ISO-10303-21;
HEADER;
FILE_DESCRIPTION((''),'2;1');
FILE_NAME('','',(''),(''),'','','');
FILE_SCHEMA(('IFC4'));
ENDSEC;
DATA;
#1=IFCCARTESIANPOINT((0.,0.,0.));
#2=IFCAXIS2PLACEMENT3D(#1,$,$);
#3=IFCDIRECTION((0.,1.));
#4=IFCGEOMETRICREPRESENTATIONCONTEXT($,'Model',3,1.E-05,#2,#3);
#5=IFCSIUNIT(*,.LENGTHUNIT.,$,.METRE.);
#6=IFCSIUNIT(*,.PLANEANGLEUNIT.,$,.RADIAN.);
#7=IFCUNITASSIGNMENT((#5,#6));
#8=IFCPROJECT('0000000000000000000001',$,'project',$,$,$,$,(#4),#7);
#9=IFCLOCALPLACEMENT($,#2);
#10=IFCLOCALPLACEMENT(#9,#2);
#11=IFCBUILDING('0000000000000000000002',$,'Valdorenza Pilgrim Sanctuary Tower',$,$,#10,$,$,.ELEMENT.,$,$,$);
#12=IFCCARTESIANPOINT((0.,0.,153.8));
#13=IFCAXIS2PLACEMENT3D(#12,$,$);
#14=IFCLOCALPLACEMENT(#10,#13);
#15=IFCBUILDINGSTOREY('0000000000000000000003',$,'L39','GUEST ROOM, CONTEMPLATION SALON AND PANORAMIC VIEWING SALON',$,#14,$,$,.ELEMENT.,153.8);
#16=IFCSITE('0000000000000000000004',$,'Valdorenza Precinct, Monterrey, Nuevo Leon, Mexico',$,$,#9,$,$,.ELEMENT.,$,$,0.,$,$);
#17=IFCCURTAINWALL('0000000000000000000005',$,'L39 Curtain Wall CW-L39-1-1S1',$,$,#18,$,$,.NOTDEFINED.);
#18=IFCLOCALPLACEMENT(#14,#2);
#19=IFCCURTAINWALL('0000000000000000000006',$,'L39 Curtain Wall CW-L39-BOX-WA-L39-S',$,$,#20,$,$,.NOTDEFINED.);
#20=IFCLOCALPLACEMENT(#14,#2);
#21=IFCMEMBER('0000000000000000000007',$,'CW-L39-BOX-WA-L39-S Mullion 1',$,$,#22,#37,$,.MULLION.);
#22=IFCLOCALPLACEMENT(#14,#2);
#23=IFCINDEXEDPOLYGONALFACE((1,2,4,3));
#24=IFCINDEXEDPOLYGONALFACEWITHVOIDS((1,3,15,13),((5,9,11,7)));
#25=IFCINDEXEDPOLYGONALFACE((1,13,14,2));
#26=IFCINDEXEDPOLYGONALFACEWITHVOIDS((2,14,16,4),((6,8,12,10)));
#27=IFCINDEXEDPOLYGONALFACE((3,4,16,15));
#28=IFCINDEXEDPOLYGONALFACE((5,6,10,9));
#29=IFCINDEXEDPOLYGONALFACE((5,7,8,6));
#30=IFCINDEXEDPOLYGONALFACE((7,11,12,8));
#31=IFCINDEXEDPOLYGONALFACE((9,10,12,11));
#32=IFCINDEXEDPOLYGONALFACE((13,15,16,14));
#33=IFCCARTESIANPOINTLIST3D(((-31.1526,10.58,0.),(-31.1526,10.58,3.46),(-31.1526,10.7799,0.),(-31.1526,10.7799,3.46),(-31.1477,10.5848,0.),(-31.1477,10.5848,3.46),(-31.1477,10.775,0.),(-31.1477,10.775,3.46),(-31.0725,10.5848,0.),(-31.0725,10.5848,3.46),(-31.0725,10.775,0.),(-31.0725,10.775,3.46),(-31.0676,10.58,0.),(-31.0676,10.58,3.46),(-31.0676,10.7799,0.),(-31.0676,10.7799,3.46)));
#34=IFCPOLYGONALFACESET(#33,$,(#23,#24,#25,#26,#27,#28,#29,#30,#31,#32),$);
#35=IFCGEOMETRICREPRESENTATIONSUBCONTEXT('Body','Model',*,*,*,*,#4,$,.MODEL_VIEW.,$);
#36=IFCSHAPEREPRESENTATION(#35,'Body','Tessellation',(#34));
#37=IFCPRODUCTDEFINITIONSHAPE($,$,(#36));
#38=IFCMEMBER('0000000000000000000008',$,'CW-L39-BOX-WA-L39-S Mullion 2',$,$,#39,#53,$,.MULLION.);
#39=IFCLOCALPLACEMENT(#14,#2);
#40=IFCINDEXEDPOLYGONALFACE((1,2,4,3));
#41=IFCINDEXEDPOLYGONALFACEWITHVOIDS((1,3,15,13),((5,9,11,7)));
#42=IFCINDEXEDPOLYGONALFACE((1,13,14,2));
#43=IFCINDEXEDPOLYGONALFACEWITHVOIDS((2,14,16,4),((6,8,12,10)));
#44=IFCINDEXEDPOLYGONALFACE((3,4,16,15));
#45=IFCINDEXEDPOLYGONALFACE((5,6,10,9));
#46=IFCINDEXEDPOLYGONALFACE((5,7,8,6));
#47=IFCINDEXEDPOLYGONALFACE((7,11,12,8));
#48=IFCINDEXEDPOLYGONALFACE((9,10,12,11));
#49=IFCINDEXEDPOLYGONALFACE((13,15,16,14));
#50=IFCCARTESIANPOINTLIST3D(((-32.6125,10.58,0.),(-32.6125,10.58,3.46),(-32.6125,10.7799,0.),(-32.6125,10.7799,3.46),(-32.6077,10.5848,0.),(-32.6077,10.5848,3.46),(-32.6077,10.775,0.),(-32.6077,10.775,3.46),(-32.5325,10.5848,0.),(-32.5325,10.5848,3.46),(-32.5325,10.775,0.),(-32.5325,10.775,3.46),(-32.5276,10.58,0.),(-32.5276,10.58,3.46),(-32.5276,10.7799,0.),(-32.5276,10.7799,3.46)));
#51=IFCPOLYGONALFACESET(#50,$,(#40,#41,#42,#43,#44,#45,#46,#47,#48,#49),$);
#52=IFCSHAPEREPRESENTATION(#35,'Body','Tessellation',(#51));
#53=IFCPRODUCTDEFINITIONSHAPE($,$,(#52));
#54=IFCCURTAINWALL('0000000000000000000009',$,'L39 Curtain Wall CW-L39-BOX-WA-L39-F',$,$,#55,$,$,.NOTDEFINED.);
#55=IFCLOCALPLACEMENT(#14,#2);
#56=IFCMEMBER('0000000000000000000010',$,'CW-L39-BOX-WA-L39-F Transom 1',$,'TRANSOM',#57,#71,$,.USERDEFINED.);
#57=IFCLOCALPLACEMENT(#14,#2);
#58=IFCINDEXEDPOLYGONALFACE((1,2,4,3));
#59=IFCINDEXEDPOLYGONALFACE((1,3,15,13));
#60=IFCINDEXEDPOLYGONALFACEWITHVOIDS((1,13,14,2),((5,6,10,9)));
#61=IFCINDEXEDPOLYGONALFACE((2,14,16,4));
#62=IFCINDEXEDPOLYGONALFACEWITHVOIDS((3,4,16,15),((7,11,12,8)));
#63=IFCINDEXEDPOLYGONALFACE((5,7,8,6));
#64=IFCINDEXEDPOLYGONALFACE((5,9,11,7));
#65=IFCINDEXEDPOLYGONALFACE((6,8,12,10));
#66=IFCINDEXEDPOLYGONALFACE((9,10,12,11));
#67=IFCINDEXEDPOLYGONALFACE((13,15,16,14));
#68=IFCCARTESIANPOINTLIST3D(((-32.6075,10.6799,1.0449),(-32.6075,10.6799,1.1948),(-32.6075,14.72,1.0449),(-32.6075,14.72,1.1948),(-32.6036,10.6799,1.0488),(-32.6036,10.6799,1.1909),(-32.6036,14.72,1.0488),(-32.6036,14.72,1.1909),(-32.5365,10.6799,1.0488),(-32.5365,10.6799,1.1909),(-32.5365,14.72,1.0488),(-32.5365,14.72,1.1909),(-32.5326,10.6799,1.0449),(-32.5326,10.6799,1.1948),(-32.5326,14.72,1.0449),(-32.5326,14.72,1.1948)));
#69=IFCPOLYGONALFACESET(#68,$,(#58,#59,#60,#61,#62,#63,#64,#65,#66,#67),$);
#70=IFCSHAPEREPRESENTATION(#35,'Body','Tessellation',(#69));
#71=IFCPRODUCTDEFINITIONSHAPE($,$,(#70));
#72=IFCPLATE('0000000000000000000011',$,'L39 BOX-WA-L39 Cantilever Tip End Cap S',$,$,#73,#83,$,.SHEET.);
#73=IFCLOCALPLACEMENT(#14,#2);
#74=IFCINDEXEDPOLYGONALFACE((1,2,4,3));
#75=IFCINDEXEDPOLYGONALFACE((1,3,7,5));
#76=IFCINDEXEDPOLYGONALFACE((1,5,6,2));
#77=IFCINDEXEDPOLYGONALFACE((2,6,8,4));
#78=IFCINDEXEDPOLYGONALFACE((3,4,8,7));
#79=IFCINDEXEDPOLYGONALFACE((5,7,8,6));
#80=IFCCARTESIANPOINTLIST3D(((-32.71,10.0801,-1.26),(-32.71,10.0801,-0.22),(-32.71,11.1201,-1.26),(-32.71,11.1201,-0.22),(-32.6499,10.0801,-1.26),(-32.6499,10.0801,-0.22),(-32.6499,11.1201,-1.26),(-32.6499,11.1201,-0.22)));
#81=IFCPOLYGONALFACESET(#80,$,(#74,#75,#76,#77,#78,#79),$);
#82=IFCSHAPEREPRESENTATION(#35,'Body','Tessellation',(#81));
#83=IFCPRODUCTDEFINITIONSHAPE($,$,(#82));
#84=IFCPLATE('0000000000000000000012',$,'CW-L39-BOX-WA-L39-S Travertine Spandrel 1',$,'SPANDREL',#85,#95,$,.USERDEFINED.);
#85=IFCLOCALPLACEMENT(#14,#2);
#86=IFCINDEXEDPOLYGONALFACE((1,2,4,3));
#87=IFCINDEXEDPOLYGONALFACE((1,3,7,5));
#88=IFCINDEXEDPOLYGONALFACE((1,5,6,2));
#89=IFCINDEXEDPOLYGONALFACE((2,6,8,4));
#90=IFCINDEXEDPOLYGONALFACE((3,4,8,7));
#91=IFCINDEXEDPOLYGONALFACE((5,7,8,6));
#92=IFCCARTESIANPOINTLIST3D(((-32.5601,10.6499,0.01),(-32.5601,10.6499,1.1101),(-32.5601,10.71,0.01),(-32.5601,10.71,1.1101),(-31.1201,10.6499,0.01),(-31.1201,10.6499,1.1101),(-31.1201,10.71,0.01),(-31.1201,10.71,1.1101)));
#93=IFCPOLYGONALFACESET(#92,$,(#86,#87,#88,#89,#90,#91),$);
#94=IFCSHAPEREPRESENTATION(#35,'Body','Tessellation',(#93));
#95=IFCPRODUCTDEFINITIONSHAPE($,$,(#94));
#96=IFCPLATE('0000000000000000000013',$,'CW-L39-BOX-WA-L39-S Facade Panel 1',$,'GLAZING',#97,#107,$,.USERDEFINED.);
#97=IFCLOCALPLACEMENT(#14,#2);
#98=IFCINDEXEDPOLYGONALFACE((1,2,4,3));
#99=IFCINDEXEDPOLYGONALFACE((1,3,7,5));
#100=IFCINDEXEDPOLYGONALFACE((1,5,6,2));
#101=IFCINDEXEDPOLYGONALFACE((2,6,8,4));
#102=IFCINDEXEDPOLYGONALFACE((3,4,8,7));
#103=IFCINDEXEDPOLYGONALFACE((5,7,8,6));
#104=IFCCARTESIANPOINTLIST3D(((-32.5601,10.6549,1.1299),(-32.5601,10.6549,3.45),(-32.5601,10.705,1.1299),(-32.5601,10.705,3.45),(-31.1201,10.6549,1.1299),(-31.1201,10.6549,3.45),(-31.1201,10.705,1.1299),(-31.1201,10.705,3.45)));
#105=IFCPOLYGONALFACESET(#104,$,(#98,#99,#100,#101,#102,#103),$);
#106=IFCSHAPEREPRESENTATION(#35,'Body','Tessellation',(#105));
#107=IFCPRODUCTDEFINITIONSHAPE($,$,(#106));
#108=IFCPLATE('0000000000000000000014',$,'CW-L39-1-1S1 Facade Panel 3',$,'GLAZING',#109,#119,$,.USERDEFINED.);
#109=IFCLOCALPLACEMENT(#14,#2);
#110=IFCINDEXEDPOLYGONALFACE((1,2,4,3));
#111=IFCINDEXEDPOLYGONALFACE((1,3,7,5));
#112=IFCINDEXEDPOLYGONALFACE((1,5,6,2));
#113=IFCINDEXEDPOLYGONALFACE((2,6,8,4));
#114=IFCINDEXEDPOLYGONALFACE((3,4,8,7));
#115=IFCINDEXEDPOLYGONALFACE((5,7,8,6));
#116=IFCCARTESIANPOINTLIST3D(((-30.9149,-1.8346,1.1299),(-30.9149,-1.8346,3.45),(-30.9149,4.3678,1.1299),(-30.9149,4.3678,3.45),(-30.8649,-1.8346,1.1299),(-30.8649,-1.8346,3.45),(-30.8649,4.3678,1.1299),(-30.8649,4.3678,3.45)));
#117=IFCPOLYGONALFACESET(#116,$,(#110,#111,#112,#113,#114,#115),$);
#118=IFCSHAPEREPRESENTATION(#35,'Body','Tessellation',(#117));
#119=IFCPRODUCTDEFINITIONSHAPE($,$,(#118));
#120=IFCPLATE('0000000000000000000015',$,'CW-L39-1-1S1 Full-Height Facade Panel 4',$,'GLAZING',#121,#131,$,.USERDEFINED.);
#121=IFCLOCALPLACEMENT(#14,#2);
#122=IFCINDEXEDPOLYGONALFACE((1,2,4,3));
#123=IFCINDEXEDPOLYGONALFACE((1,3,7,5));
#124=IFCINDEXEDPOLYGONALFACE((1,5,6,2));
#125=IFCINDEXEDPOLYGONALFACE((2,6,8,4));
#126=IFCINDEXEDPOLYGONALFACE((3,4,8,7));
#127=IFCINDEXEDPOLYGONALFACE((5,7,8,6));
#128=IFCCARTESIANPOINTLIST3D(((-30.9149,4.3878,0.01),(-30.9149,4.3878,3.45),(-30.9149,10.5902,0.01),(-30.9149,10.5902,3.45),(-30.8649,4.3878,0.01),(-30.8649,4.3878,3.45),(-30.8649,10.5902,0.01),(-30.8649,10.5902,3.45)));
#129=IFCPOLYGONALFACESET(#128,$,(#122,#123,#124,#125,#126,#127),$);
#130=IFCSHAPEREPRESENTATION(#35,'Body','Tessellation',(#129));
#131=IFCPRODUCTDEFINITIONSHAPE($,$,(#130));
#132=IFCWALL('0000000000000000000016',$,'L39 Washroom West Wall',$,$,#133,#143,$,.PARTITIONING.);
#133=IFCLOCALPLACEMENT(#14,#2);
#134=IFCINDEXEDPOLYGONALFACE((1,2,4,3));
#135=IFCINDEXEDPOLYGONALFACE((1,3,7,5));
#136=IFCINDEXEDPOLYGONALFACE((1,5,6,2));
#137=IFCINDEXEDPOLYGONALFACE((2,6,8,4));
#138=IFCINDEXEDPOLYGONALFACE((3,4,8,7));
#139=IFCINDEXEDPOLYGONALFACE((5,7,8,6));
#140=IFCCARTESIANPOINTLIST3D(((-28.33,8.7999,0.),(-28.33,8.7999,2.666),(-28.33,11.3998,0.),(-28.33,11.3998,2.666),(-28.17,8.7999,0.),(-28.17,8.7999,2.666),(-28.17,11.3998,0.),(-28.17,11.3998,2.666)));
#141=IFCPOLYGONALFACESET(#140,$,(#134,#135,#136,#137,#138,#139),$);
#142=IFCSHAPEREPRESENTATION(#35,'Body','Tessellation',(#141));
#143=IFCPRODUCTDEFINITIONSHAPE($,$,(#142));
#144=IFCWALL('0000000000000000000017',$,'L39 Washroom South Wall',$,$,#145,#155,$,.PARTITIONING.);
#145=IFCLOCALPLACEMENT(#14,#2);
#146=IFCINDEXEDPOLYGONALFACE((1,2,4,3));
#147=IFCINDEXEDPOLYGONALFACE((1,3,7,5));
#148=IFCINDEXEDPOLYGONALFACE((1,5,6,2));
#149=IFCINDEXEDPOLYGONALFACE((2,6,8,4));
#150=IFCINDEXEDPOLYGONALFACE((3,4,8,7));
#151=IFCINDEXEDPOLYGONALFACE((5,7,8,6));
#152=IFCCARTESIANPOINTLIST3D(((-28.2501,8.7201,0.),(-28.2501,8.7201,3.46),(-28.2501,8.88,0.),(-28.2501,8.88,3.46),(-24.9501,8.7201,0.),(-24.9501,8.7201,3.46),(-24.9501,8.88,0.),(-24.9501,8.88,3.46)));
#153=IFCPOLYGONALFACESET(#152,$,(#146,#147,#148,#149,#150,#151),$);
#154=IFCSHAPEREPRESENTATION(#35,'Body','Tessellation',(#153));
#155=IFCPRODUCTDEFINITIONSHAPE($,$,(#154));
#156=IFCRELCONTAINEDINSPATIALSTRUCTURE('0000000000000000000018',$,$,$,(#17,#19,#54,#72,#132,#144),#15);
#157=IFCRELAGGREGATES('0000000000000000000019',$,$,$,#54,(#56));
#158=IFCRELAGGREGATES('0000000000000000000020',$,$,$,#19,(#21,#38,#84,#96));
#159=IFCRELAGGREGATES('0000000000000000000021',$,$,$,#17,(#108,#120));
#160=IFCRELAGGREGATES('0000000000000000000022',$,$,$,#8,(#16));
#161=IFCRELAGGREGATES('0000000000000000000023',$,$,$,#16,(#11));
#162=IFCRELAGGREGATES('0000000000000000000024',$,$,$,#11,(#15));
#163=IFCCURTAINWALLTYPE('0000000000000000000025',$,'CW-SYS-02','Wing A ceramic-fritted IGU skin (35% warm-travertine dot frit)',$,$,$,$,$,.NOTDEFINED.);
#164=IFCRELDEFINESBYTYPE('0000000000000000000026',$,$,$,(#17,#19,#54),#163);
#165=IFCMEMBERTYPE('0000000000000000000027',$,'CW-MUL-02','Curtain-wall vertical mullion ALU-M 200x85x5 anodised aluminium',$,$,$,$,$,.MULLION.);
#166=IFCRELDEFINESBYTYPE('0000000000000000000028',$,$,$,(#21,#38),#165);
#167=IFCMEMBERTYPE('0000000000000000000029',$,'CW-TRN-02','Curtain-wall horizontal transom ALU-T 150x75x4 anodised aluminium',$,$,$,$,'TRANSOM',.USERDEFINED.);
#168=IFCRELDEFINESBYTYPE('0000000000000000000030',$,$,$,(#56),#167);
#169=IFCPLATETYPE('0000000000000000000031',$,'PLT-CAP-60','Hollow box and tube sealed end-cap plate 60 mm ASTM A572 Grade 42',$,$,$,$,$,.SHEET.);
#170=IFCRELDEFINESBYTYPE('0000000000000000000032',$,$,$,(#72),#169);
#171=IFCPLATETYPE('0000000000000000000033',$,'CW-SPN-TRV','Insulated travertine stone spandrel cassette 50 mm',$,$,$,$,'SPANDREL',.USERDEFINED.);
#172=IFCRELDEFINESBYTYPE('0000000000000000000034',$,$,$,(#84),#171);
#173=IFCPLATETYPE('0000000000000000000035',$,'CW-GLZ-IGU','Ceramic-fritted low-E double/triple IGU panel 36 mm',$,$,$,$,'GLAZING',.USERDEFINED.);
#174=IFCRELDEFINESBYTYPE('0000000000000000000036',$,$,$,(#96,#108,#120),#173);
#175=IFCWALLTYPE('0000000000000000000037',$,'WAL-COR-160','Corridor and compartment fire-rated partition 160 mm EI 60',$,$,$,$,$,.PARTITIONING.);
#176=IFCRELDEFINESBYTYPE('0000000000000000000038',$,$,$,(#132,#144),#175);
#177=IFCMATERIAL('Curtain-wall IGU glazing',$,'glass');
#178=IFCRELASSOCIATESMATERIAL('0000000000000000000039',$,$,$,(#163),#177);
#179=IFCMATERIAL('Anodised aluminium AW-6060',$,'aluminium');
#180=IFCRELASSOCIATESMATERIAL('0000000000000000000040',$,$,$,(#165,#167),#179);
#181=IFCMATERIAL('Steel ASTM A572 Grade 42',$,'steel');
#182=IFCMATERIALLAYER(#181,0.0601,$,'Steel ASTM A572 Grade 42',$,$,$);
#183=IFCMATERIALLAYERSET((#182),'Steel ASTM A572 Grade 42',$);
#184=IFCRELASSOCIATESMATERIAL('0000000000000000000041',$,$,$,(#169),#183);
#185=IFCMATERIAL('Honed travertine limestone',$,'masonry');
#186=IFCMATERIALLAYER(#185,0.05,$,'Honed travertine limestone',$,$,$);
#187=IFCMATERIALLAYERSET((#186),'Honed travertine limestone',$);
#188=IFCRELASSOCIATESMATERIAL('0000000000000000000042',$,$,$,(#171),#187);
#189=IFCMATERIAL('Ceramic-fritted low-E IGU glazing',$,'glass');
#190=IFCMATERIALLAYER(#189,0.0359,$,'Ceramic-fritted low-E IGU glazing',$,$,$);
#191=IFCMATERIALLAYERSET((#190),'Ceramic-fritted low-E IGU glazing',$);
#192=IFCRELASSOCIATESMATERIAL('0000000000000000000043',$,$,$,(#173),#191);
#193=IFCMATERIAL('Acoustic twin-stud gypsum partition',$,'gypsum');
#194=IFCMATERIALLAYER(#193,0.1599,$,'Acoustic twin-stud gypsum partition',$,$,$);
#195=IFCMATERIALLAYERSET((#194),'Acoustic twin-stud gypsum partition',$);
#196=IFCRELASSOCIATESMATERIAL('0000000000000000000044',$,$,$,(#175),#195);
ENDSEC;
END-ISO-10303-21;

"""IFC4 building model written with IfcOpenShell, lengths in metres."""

from ifc_helpers import new_model, si_unit, direction, frame, frame_2d, origin, origin_2d, place, context, subcontext, project, spatial, rectangle, hollow_rectangle, extrude, source, transform, mapped, material, layer, layer_set, material_profile, profile_set, type_object, element, aggregate, save


model = new_model("IFC4")

# Units and contexts
model_context = context("Model", 3, precision=1e-05, world=origin(), true_north=direction((0.0, 1.0)))
body_context = subcontext(model_context, "Body", "Model", "MODEL_VIEW")
ifc_project = project(units=[si_unit("LENGTHUNIT", "METRE"), si_unit("PLANEANGLEUNIT", "RADIAN")], contexts=[model_context])

# Site, building, storey
site_placement = place(None, origin())
site = spatial("IfcSite", under=ifc_project, at=site_placement, Name="Valdorenza Precinct, Monterrey, Nuevo Leon, Mexico", CompositionType="ELEMENT", RefElevation=0.0)
building_placement = place(site_placement, origin())
building = spatial("IfcBuilding", under=site, at=building_placement, Name="Valdorenza Pilgrim Sanctuary Tower", CompositionType="ELEMENT")
storey_placement = place(building_placement, frame((0.0, 0.0, 153.8)))
storey = spatial("IfcBuildingStorey", under=building, at=storey_placement, Name="L39", Description="GUEST ROOM, CONTEMPLATION SALON AND PANORAMIC VIEWING SALON", CompositionType="ELEMENT", Elevation=153.8)

# Shared definitions
ifc_material_1 = material(Name="Steel ASTM A572 Grade 42", Category="steel")

# Curtain walls, members
ifc_material_2 = material(Name="Curtain-wall IGU glazing", Category="glass")
curtain_wall_type = type_object("IfcCurtainWallType", Name="CW-SYS-02", Description="Wing A ceramic-fritted IGU skin (35% warm-travertine dot frit)", PredefinedType="NOTDEFINED", material=ifc_material_2)
curtain_wall_1_placement = place(storey_placement, origin())
curtain_wall_1 = element("IfcCurtainWall", 1, at=curtain_wall_1_placement, inside=storey, type_object=curtain_wall_type, Name="L39 Curtain Wall CW-L39-1-1S1", PredefinedType="NOTDEFINED")
ifc_material_3 = material(Name="Anodised aluminium AW-6060", Category="aluminium")
ifc_material_profile_1 = material_profile(ifc_material_3, hollow_rectangle(XDim=0.085, YDim=0.2, WallThickness=0.0049, at=origin_2d()), Name="ALU-M 200x85x5")
ifc_profile_set_1 = profile_set([ifc_material_profile_1], Name="Anodised aluminium AW-6060")
member_type_1 = type_object("IfcMemberType", Name="CW-MUL-02", Description="Curtain-wall vertical mullion ALU-M 200x85x5 anodised aluminium", PredefinedType="MULLION", material=ifc_profile_set_1)
shared_shape_1 = source(origin(), body_context, "Body", "SweptSolid", [
    extrude(hollow_rectangle(XDim=0.085, YDim=0.2, WallThickness=0.0049, at=origin_2d()), origin(), (0.0, 0.0, 1.0), 3.46),
])
curtain_wall_2_placement = place(storey_placement, origin())
curtain_wall_2 = element("IfcCurtainWall", 2, at=curtain_wall_2_placement, inside=storey, type_object=curtain_wall_type, Name="L39 Curtain Wall CW-L39-BOX-WA-L39-S", PredefinedType="NOTDEFINED")
member_1_placement = place(storey_placement, frame((-31.1101, 10.6799, 0.0), z_axis=(0.0, 0.0, 1.0), x_axis=(-1.0, 0.0, 0.0)))
member_1 = element("IfcMember", 3, at=member_1_placement, type_object=member_type_1, Name="CW-L39-BOX-WA-L39-S Mullion 1", PredefinedType="MULLION", context=body_context, shape_type="MappedRepresentation", body=[
    mapped(shared_shape_1, transform((0.0, 0.0, 0.0), x_axis=(1.0, 0.0, 0.0), y_axis=(0.0, 1.0, 0.0), z_axis=(0.0, 0.0, 1.0), scale=1.0)),
])
member_2_placement = place(storey_placement, frame((-32.5701, 10.6799, 0.0), z_axis=(0.0, 0.0, 1.0), x_axis=(-1.0, 0.0, 0.0)))
member_2 = element("IfcMember", 4, at=member_2_placement, type_object=member_type_1, Name="CW-L39-BOX-WA-L39-S Mullion 2", PredefinedType="MULLION", context=body_context, shape_type="MappedRepresentation", body=[
    mapped(shared_shape_1, transform((0.0, 0.0, 0.0), x_axis=(1.0, 0.0, 0.0), y_axis=(0.0, 1.0, 0.0), z_axis=(0.0, 0.0, 1.0), scale=1.0)),
])

# Curtain wall, member
curtain_wall_3_placement = place(storey_placement, origin())
curtain_wall_3 = element("IfcCurtainWall", 5, at=curtain_wall_3_placement, inside=storey, type_object=curtain_wall_type, Name="L39 Curtain Wall CW-L39-BOX-WA-L39-F", PredefinedType="NOTDEFINED")
ifc_material_profile_2 = material_profile(ifc_material_3, hollow_rectangle(XDim=0.075, YDim=0.1499, WallThickness=0.0039, at=origin_2d()), Name="ALU-T 150x75x4")
ifc_profile_set_2 = profile_set([ifc_material_profile_2], Name="Anodised aluminium AW-6060")
member_type_2 = type_object("IfcMemberType", Name="CW-TRN-02", Description="Curtain-wall horizontal transom ALU-T 150x75x4 anodised aluminium", ElementType="TRANSOM", PredefinedType="USERDEFINED", material=ifc_profile_set_2)
shared_shape_2 = source(origin(), body_context, "Body", "SweptSolid", [
    extrude(hollow_rectangle(XDim=0.075, YDim=0.1499, WallThickness=0.0039, at=origin_2d()), origin(), (0.0, 0.0, 1.0), 4.04),
])
member_3_placement = place(storey_placement, frame((-32.5701, 10.6799, 1.1199), z_axis=(0.0, 1.0, 0.0), x_axis=(-1.0, 0.0, 0.0)))
member_3 = element("IfcMember", 6, at=member_3_placement, type_object=member_type_2, Name="CW-L39-BOX-WA-L39-F Transom 1", ObjectType="TRANSOM", PredefinedType="USERDEFINED", context=body_context, shape_type="MappedRepresentation", body=[
    mapped(shared_shape_2, transform((0.0, 0.0, 0.0), x_axis=(1.0, 0.0, 0.0), y_axis=(0.0, 1.0, 0.0), z_axis=(0.0, 0.0, 1.0), scale=1.0)),
])
aggregate(curtain_wall_3, [member_3])

# Plates
ifc_layer_1 = layer(ifc_material_1, 0.0601, Name="Steel ASTM A572 Grade 42")
ifc_layer_set_1 = layer_set([ifc_layer_1], Name="Steel ASTM A572 Grade 42")
plate_type_1 = type_object("IfcPlateType", Name="PLT-CAP-60", Description="Hollow box and tube sealed end-cap plate 60 mm ASTM A572 Grade 42", PredefinedType="SHEET", material=ifc_layer_set_1)
shared_shape_3 = source(origin(), body_context, "Body", "SweptSolid", [
    extrude(rectangle(XDim=0.0601, YDim=1.04, at=origin_2d()), origin(), (0.0, 0.0, 1.0), 1.04),
])
plate_1_placement = place(storey_placement, frame((-32.6799, 10.6001, -1.26), z_axis=(0.0, 0.0, 1.0), x_axis=(1.0, 0.0, 0.0)))
element("IfcPlate", 7, at=plate_1_placement, inside=storey, type_object=plate_type_1, Name="L39 BOX-WA-L39 Cantilever Tip End Cap S", PredefinedType="SHEET", context=body_context, shape_type="MappedRepresentation", body=[
    mapped(shared_shape_3, transform((0.0, 0.0, 0.0), x_axis=(1.0, 0.0, 0.0), y_axis=(0.0, 1.0, 0.0), z_axis=(0.0, 0.0, 1.0), scale=1.0)),
])
ifc_material_4 = material(Name="Honed travertine limestone", Category="masonry")
ifc_layer_2 = layer(ifc_material_4, 0.05, Name="Honed travertine limestone")
ifc_layer_set_2 = layer_set([ifc_layer_2], Name="Honed travertine limestone")
plate_type_2 = type_object("IfcPlateType", Name="CW-SPN-TRV", Description="Insulated travertine stone spandrel cassette 50 mm", ElementType="SPANDREL", PredefinedType="USERDEFINED", material=ifc_layer_set_2)
shared_shape_4 = source(origin(), body_context, "Body", "SweptSolid", [
    extrude(rectangle(XDim=1.4399, YDim=0.0601, at=origin_2d()), origin(), (0.0, 0.0, 1.0), 1.1001),
])
plate_2_placement = place(storey_placement, frame((-31.8401, 10.6799, 0.01), z_axis=(0.0, 0.0, 1.0), x_axis=(-1.0, 0.0, 0.0)))
plate_2 = element("IfcPlate", 8, at=plate_2_placement, type_object=plate_type_2, Name="CW-L39-BOX-WA-L39-S Travertine Spandrel 1", ObjectType="SPANDREL", PredefinedType="USERDEFINED", context=body_context, shape_type="MappedRepresentation", body=[
    mapped(shared_shape_4, transform((0.0, 0.0, 0.0), x_axis=(1.0, 0.0, 0.0), y_axis=(0.0, 1.0, 0.0), z_axis=(0.0, 0.0, 1.0), scale=1.0)),
])
ifc_material_5 = material(Name="Ceramic-fritted low-E IGU glazing", Category="glass")
ifc_layer_3 = layer(ifc_material_5, 0.0359, Name="Ceramic-fritted low-E IGU glazing")
ifc_layer_set_3 = layer_set([ifc_layer_3], Name="Ceramic-fritted low-E IGU glazing")
plate_type_3 = type_object("IfcPlateType", Name="CW-GLZ-IGU", Description="Ceramic-fritted low-E double/triple IGU panel 36 mm", ElementType="GLAZING", PredefinedType="USERDEFINED", material=ifc_layer_set_3)
shared_shape_5 = source(origin(), body_context, "Body", "SweptSolid", [
    extrude(rectangle(XDim=1.4399, YDim=0.05, at=origin_2d()), origin(), (0.0, 0.0, 1.0), 2.3201),
])
plate_3_placement = place(storey_placement, frame((-31.8401, 10.6799, 1.1299), z_axis=(0.0, 0.0, 1.0), x_axis=(-1.0, 0.0, 0.0)))
plate_3 = element("IfcPlate", 9, at=plate_3_placement, type_object=plate_type_3, Name="CW-L39-BOX-WA-L39-S Facade Panel 1", ObjectType="GLAZING", PredefinedType="USERDEFINED", context=body_context, shape_type="MappedRepresentation", body=[
    mapped(shared_shape_5, transform((0.0, 0.0, 0.0), x_axis=(1.0, 0.0, 0.0), y_axis=(0.0, 1.0, 0.0), z_axis=(0.0, 0.0, 1.0), scale=1.0)),
])
aggregate(curtain_wall_2, [member_1, member_2, plate_2, plate_3])
shared_shape_6 = source(origin(), body_context, "Body", "SweptSolid", [
    extrude(rectangle(XDim=6.2024, YDim=0.05, at=origin_2d()), origin(), (0.0, 0.0, 1.0), 2.3201),
])
plate_4_placement = place(storey_placement, frame((-30.8899, 1.2666, 1.1299), z_axis=(0.0, 0.0, 1.0), x_axis=(0.0, 1.0, 0.0)))
plate_4 = element("IfcPlate", 10, at=plate_4_placement, type_object=plate_type_3, Name="CW-L39-1-1S1 Facade Panel 3", ObjectType="GLAZING", PredefinedType="USERDEFINED", context=body_context, shape_type="MappedRepresentation", body=[
    mapped(shared_shape_6, transform((0.0, 0.0, 0.0), x_axis=(1.0, 0.0, 0.0), y_axis=(0.0, 1.0, 0.0), z_axis=(0.0, 0.0, 1.0), scale=1.0)),
])
shared_shape_7 = source(origin(), body_context, "Body", "SweptSolid", [
    extrude(rectangle(XDim=6.2024, YDim=0.05, at=origin_2d()), origin(), (0.0, 0.0, 1.0), 3.4399),
])
plate_5_placement = place(storey_placement, frame((-30.8899, 7.489, 0.01), z_axis=(0.0, 0.0, 1.0), x_axis=(0.0, 1.0, 0.0)))
plate_5 = element("IfcPlate", 11, at=plate_5_placement, type_object=plate_type_3, Name="CW-L39-1-1S1 Full-Height Facade Panel 4", ObjectType="GLAZING", PredefinedType="USERDEFINED", context=body_context, shape_type="MappedRepresentation", body=[
    mapped(shared_shape_7, transform((0.0, 0.0, 0.0), x_axis=(1.0, 0.0, 0.0), y_axis=(0.0, 1.0, 0.0), z_axis=(0.0, 0.0, 1.0), scale=1.0)),
])
aggregate(curtain_wall_1, [plate_4, plate_5])

# Walls
ifc_material_6 = material(Name="Acoustic twin-stud gypsum partition", Category="gypsum")
ifc_layer_4 = layer(ifc_material_6, 0.1599, Name="Acoustic twin-stud gypsum partition")
ifc_layer_set_4 = layer_set([ifc_layer_4], Name="Acoustic twin-stud gypsum partition")
wall_type_1 = type_object("IfcWallType", Name="WAL-COR-160", Description="Corridor and compartment fire-rated partition 160 mm EI 60", PredefinedType="PARTITIONING", material=ifc_layer_set_4)
wall_1_placement = place(storey_placement, frame((-28.25, 8.8, 0.0), z_axis=(0.0, 0.0, 1.0), x_axis=(0.0, 1.0, 0.0)))
element("IfcWall", 12, at=wall_1_placement, inside=storey, type_object=wall_type_1, Name="L39 Washroom West Wall", PredefinedType="PARTITIONING", context=body_context, shape_type="SweptSolid", body=[
    extrude(rectangle(XDim=2.5999, YDim=0.1599, at=frame_2d((1.2998, 0.0))), origin(), (0.0, 0.0, 1.0), 2.666),
])
wall_2_placement = place(storey_placement, frame((-28.25, 8.8, 0.0), z_axis=(0.0, 0.0, 1.0), x_axis=(1.0, 0.0, 0.0)))
element("IfcWall", 13, at=wall_2_placement, inside=storey, type_object=wall_type_1, Name="L39 Washroom South Wall", PredefinedType="PARTITIONING", context=body_context, shape_type="SweptSolid", body=[
    extrude(rectangle(XDim=3.3, YDim=0.1599, at=frame_2d((1.6499, 0.0))), origin(), (0.0, 0.0, 1.0), 3.46),
])

save(model, "model.ifc")
